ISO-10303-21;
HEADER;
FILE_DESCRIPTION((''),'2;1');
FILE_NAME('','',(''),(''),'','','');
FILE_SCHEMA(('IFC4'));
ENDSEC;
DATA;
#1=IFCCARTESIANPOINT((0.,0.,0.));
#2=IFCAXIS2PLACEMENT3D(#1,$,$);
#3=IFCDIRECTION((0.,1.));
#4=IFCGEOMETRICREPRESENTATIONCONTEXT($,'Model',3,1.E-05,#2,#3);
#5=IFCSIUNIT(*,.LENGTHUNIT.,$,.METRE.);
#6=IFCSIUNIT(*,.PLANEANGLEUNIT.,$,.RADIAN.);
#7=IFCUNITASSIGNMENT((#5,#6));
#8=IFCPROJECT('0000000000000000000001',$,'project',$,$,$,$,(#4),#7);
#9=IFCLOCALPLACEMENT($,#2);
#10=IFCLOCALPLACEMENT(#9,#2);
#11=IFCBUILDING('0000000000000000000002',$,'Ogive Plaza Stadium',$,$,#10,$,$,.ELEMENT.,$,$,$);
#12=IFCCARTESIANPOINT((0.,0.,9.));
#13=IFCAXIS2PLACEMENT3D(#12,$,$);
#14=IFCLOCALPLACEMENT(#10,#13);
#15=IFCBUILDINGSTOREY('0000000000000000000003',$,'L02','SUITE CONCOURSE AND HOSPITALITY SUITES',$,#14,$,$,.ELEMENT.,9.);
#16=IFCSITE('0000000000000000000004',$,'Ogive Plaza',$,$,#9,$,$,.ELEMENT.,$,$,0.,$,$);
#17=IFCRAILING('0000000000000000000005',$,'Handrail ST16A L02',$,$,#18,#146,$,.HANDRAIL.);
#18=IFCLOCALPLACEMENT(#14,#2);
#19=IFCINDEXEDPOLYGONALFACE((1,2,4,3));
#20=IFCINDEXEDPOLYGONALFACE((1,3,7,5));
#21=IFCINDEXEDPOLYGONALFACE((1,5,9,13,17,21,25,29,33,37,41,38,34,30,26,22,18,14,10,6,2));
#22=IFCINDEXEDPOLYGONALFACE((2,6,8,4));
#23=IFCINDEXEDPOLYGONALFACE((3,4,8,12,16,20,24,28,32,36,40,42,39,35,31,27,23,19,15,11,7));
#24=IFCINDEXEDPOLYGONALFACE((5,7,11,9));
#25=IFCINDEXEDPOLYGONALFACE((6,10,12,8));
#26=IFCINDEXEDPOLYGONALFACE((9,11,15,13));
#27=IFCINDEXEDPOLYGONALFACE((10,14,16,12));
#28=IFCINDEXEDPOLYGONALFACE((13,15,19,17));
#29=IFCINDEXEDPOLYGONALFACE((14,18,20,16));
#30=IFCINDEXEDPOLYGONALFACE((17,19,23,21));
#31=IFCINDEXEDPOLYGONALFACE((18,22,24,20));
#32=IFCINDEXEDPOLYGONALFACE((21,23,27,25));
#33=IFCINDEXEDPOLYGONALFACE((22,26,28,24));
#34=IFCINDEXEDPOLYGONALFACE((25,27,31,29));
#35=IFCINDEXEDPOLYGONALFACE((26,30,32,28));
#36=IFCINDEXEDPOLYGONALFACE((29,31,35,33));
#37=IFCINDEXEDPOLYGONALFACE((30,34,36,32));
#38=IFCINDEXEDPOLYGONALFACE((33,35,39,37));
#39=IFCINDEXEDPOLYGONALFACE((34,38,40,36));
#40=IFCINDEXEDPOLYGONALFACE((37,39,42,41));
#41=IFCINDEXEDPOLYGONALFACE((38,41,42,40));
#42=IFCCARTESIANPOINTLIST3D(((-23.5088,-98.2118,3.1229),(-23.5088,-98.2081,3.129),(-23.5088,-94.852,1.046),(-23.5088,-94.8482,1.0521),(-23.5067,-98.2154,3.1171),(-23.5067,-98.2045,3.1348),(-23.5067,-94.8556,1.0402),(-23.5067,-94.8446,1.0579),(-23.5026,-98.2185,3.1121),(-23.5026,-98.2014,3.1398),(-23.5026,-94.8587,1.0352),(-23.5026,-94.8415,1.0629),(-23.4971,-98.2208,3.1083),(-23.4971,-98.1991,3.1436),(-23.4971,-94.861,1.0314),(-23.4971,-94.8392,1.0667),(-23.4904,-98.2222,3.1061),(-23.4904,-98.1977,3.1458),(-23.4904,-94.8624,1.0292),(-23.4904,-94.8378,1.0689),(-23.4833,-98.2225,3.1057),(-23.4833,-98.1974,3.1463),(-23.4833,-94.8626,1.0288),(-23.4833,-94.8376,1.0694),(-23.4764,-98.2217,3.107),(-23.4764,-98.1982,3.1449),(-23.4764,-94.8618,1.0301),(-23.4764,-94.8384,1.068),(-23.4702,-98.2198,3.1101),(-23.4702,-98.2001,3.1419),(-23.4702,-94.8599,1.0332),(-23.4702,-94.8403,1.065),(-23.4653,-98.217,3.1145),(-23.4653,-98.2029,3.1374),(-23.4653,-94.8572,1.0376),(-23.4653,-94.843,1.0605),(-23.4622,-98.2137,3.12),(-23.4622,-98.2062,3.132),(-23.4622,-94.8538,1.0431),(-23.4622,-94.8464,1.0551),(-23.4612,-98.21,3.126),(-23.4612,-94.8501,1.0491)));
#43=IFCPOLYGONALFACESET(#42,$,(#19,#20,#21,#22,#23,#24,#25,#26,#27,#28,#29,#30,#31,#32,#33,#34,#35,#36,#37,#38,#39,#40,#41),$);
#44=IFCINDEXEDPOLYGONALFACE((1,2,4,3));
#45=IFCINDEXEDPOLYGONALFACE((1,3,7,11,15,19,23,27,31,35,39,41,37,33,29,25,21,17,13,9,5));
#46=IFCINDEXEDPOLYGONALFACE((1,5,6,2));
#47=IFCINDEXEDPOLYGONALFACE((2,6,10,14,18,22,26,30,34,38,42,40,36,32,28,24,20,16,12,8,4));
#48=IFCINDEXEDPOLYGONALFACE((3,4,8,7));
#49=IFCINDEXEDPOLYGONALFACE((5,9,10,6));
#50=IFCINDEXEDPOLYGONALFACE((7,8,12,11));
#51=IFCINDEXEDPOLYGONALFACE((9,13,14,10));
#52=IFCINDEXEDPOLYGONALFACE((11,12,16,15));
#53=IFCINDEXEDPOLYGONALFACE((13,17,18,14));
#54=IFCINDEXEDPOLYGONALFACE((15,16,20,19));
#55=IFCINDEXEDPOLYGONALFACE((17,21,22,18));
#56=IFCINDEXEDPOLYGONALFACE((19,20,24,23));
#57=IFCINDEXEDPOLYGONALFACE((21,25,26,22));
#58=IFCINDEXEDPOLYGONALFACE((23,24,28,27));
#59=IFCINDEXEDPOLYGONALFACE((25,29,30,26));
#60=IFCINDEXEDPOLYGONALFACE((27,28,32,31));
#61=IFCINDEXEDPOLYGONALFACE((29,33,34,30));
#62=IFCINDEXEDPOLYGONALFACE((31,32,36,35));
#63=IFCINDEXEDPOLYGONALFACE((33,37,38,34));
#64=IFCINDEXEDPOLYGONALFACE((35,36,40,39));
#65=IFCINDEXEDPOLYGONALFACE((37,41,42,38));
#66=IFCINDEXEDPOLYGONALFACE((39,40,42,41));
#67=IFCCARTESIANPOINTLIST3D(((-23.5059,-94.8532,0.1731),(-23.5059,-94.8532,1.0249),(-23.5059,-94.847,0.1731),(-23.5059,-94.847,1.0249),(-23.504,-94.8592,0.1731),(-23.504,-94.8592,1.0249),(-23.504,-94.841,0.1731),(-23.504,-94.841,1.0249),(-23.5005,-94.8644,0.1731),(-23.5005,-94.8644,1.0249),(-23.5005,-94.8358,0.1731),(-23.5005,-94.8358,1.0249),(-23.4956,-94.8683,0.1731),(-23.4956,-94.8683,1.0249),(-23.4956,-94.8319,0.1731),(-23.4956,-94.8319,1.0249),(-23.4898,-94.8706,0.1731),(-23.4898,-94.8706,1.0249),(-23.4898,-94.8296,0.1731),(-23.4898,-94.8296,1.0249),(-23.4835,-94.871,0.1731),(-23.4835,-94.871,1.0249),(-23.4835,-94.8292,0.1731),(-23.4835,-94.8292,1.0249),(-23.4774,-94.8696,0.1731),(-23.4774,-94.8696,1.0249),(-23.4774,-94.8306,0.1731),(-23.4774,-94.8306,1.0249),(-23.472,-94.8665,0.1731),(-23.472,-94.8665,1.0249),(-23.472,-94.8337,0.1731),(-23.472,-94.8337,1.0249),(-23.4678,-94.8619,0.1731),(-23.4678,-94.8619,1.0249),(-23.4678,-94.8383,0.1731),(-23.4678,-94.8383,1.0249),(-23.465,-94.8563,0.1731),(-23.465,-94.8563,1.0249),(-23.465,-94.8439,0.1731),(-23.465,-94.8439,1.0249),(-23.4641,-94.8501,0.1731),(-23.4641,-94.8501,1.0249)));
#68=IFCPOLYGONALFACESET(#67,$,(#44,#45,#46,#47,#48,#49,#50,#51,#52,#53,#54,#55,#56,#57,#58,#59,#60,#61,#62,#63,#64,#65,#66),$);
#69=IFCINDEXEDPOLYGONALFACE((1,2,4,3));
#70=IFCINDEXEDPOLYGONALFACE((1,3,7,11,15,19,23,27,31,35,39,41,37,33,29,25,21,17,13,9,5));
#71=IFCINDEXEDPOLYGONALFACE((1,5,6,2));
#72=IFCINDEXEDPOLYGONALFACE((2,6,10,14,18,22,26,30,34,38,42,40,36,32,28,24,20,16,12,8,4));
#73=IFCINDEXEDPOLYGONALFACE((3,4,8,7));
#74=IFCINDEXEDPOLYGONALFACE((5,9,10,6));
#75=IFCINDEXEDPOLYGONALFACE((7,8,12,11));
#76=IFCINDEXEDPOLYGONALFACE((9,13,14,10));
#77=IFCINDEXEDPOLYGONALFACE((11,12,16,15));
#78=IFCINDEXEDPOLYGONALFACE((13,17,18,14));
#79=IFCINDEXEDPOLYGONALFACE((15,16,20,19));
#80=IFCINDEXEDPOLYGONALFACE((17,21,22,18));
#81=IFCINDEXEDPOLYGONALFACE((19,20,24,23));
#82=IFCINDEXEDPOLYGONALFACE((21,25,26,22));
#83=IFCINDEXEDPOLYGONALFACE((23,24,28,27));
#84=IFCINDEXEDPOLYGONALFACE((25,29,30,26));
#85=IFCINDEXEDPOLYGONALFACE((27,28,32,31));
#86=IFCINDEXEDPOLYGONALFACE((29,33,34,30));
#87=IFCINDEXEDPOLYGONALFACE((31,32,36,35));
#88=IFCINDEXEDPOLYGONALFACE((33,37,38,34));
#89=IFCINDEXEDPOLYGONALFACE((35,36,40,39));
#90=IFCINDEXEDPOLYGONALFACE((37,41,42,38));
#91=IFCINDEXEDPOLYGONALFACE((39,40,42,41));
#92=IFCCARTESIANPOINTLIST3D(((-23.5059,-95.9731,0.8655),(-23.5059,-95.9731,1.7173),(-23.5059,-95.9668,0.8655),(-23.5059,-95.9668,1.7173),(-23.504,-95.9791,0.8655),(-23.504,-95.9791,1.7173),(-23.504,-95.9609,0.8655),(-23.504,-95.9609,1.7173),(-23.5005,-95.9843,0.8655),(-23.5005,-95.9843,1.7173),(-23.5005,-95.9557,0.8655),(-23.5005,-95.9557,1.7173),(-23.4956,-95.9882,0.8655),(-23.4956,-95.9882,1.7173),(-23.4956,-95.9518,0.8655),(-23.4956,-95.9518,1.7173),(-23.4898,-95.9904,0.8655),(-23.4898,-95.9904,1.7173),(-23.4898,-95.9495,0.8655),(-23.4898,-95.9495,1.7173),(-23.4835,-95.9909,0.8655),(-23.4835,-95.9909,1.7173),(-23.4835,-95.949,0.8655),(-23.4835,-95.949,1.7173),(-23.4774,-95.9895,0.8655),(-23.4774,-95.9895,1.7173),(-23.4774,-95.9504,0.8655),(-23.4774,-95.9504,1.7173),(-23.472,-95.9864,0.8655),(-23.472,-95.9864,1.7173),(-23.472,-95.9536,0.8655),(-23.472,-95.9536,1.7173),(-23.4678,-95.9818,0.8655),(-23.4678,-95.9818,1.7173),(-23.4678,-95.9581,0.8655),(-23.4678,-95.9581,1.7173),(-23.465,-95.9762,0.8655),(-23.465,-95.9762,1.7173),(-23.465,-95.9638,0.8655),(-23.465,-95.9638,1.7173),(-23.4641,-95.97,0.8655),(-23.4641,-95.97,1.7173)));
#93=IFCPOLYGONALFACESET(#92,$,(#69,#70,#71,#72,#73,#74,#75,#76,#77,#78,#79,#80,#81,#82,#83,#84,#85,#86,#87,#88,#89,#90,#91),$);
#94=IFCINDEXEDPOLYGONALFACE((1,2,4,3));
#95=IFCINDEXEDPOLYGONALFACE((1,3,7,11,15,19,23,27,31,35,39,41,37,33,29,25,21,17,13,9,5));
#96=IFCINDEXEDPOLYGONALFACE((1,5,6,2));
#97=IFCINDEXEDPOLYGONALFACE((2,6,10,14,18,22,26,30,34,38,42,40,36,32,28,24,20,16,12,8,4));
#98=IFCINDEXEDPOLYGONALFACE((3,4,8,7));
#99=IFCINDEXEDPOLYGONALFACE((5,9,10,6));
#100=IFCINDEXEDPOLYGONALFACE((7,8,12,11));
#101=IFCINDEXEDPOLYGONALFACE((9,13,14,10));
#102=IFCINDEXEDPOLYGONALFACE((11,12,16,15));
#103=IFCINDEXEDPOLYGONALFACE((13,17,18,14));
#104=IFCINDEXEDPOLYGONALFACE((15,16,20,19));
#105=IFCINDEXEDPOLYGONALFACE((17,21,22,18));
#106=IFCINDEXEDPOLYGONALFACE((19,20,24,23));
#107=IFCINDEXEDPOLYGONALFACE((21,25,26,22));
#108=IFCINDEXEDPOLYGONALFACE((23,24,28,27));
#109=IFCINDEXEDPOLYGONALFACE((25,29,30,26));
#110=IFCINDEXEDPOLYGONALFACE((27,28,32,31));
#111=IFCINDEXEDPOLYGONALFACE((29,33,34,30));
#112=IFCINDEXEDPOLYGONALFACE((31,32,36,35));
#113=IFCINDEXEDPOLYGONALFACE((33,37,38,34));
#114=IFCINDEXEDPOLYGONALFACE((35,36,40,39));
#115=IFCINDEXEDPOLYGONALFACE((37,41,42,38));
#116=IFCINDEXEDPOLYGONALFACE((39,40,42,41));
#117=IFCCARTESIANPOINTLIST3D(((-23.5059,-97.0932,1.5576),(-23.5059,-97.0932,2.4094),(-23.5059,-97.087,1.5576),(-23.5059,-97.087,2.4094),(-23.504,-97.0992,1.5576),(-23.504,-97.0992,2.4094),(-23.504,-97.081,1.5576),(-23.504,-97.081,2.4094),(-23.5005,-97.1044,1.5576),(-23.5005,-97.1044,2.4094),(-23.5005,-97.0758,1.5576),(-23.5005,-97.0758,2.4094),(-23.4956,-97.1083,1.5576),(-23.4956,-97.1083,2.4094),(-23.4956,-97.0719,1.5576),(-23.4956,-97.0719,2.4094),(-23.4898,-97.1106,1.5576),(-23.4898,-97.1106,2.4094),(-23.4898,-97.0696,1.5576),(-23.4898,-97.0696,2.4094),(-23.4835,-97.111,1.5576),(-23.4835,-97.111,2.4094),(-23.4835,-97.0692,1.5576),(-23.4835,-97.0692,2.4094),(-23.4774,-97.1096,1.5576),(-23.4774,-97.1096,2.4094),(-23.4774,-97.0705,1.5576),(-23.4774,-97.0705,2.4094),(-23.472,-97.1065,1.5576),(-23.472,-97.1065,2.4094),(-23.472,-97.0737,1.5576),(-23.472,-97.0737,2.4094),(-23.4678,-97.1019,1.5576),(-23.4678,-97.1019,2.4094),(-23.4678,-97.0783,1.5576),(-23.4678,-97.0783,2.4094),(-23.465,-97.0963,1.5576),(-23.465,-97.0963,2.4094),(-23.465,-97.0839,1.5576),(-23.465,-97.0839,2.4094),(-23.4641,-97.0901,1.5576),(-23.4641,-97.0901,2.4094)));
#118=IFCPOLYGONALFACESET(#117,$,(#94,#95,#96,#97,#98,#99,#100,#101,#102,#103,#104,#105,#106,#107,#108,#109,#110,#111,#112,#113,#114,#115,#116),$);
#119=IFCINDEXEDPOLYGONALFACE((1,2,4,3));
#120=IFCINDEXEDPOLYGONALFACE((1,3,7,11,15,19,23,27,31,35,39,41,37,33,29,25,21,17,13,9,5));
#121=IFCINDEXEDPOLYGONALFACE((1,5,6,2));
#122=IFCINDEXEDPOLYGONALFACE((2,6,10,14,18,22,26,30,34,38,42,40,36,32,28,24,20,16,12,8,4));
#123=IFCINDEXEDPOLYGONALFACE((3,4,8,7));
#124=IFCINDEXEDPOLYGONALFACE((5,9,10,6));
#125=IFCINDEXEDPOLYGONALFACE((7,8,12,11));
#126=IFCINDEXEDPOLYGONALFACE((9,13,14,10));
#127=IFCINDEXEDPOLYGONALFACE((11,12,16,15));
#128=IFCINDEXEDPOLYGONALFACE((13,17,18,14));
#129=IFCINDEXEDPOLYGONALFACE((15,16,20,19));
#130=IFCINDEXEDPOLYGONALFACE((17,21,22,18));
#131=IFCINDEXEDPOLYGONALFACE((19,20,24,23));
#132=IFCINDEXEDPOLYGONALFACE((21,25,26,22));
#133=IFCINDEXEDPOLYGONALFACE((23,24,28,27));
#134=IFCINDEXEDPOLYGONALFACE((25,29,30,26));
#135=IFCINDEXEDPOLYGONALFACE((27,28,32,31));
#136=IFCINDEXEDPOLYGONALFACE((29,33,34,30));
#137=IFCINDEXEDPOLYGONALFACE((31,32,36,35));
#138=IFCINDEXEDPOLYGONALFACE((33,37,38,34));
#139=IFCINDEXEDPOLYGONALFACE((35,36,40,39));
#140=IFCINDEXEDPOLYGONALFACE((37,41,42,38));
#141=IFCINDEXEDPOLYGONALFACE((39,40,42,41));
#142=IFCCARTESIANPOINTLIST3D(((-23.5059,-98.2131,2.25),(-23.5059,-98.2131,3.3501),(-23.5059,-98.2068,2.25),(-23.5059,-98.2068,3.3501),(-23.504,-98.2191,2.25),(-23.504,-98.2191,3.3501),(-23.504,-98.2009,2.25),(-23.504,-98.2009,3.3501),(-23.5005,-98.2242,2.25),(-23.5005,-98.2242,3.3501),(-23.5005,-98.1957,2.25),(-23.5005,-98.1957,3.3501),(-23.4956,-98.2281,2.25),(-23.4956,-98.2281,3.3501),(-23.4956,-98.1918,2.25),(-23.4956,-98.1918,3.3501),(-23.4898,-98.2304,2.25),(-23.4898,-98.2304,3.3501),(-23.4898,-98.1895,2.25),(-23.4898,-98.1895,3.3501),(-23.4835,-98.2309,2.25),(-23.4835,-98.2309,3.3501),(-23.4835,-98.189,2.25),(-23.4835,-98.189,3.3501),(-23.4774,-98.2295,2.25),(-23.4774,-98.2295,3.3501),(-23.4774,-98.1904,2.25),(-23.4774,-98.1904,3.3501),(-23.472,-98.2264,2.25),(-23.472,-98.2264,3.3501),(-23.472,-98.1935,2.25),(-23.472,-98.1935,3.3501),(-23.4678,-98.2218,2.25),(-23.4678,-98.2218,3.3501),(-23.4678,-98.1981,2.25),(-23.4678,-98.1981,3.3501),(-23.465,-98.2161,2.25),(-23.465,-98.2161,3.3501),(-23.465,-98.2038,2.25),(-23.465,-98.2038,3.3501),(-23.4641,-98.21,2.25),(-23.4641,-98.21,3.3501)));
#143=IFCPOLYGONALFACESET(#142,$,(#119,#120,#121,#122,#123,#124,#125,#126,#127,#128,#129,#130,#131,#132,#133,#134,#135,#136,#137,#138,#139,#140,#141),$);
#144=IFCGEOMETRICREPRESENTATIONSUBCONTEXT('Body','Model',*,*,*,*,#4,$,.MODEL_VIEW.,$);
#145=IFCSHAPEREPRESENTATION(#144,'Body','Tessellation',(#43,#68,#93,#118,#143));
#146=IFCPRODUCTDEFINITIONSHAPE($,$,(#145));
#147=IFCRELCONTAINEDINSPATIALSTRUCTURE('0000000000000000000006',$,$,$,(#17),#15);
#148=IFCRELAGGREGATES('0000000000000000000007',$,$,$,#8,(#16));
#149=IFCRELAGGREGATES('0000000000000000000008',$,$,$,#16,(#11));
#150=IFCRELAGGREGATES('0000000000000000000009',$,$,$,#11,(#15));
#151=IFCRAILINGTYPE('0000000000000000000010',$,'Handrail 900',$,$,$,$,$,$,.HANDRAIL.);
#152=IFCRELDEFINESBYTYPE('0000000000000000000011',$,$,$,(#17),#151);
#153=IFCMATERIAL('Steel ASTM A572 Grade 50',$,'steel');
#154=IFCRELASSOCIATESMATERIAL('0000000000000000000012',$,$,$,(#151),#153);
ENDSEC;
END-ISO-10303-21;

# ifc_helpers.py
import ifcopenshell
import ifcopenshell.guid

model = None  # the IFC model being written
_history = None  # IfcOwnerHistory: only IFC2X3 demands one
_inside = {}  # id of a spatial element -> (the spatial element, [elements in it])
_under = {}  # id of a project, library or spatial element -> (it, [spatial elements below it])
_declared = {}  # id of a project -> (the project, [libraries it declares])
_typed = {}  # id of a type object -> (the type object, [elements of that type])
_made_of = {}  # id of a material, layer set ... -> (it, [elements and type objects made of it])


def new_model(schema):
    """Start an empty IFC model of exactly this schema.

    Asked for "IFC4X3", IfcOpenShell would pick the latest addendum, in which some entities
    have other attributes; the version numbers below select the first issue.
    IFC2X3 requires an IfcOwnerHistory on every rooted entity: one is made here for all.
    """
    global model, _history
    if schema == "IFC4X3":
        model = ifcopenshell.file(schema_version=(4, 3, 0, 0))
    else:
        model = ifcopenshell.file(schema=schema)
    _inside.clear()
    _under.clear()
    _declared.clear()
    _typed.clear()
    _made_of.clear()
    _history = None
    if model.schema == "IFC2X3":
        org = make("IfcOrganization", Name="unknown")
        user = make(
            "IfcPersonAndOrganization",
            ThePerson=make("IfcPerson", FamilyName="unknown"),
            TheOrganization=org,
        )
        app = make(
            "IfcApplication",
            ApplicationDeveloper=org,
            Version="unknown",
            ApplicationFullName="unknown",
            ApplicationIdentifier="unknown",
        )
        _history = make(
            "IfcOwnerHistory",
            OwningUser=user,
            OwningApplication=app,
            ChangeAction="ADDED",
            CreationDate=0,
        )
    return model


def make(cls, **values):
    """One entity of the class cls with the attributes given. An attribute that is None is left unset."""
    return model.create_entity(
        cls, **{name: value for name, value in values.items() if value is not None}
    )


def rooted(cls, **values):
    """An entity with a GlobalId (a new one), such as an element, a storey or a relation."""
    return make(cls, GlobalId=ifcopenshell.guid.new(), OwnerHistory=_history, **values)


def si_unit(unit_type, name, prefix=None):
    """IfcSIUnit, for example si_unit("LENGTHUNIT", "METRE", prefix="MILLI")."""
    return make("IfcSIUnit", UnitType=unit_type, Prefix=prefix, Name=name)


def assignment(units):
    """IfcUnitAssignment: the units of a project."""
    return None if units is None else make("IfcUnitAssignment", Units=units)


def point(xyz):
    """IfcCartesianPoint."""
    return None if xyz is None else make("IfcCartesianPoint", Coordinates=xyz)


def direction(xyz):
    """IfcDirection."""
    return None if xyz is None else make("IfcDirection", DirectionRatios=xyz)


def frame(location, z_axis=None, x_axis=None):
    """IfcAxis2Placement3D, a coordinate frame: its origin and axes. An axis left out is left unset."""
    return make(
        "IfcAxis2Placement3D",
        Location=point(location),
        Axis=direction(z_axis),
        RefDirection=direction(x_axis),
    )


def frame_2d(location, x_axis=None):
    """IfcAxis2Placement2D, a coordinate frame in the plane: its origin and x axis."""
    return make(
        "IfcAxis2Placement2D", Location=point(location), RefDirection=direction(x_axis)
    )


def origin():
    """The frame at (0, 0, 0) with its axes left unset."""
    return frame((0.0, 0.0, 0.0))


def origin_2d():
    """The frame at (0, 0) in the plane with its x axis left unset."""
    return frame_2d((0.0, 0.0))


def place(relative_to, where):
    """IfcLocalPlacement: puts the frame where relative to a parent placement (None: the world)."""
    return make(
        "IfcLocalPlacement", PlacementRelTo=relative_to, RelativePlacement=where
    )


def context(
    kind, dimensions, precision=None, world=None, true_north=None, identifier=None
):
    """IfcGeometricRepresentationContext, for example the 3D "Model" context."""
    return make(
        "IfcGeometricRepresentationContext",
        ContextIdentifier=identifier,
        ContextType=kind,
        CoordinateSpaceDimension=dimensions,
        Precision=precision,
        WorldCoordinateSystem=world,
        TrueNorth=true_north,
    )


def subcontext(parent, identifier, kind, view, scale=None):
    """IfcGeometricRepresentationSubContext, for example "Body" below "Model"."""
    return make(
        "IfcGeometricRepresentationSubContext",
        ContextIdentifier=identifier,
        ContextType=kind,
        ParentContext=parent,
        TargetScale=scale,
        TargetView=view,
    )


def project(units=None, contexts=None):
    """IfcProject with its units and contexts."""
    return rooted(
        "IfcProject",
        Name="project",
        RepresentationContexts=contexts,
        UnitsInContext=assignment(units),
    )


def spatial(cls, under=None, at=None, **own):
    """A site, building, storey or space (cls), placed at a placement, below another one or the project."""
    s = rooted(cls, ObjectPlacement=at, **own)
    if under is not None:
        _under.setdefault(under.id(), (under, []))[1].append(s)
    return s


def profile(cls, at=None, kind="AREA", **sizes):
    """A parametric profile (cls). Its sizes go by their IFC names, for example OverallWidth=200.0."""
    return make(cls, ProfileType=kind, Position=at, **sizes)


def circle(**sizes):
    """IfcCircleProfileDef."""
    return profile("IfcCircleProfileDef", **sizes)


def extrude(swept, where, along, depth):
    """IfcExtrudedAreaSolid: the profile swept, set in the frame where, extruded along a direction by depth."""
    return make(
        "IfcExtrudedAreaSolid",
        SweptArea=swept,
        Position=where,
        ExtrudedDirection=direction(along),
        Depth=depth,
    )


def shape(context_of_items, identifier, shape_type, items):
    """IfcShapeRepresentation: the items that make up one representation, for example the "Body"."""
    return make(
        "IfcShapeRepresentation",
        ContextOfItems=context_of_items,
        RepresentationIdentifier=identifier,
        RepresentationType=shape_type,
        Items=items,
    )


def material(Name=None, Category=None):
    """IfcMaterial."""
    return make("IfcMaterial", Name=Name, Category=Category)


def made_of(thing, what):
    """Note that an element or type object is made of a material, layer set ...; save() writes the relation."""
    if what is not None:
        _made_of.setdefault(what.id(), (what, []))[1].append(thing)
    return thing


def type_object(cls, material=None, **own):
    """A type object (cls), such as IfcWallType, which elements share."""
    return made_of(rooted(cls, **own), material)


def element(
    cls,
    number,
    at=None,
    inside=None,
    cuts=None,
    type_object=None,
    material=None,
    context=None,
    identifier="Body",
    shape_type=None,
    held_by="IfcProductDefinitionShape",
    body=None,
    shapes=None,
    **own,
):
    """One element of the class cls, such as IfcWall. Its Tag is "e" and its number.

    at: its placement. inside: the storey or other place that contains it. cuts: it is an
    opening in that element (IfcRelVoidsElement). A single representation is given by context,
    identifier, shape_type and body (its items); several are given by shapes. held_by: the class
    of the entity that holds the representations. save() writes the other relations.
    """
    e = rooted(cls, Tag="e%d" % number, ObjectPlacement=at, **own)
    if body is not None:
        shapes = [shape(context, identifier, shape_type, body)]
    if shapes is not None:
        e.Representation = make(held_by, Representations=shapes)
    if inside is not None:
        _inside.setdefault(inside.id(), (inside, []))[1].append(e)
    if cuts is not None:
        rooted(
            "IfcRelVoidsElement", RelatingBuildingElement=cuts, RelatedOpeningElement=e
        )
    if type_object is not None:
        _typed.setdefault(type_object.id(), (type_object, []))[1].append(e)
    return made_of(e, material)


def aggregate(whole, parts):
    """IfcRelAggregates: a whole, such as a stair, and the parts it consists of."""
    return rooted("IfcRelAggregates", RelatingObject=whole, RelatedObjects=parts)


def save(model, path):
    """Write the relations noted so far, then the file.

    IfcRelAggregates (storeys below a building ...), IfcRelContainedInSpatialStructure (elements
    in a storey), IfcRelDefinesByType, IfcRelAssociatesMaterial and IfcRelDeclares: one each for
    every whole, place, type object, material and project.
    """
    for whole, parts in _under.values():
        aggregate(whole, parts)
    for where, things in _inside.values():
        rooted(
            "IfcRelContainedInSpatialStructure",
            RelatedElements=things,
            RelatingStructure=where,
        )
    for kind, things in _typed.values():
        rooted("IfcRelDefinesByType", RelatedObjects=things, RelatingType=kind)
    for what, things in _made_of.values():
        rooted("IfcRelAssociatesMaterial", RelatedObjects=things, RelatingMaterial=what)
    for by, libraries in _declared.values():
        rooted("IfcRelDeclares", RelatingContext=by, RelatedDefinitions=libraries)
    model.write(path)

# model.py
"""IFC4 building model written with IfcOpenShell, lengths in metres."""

from ifc_helpers import new_model, si_unit, direction, frame, origin, origin_2d, place, context, subcontext, project, spatial, circle, extrude, material, type_object, element, save


model = new_model("IFC4")

# Units and contexts
model_context = context("Model", 3, precision=1e-05, world=origin(), true_north=direction((0.0, 1.0)))
body_context = subcontext(model_context, "Body", "Model", "MODEL_VIEW")
ifc_project = project(units=[si_unit("LENGTHUNIT", "METRE"), si_unit("PLANEANGLEUNIT", "RADIAN")], contexts=[model_context])

# Site, building, storey
site_placement = place(None, origin())
site = spatial("IfcSite", under=ifc_project, at=site_placement, Name="Ogive Plaza", CompositionType="ELEMENT", RefElevation=0.0)
building_placement = place(site_placement, origin())
building = spatial("IfcBuilding", under=site, at=building_placement, Name="Ogive Plaza Stadium", CompositionType="ELEMENT")
storey_placement = place(building_placement, frame((0.0, 0.0, 9.0)))
storey = spatial("IfcBuildingStorey", under=building, at=storey_placement, Name="L02", Description="SUITE CONCOURSE AND HOSPITALITY SUITES", CompositionType="ELEMENT", Elevation=9.0)

# Railing
ifc_material_1 = material(Name="Steel ASTM A572 Grade 50", Category="steel")
railing_type_1 = type_object("IfcRailingType", Name="Handrail 900", PredefinedType="HANDRAIL", material=ifc_material_1)
for number, where, name in (
    (1, (-23.4851, -94.8501, 0.1731), "Handrail ST16A L02"),
):
    element("IfcRailing", number, at=place(storey_placement, frame(where)), inside=storey, type_object=railing_type_1, Name=name, PredefinedType="HANDRAIL", context=body_context, shape_type="SweptSolid", body=[
        extrude(circle(Radius=0.0239, at=origin_2d()), frame((0.0, 0.0, 0.876), z_axis=(0.0, -0.850606, 0.525803), x_axis=(1.0, 0.0, 0.0)), (0.0, 0.0, 1.0), 3.95),
        extrude(circle(Radius=0.021, at=origin_2d()), origin(), (0.0, 0.0, 1.0), 0.8518),
        extrude(circle(Radius=0.021, at=origin_2d()), frame((0.0, -1.1199, 0.6924)), (0.0, 0.0, 1.0), 0.8518),
        extrude(circle(Radius=0.021, at=origin_2d()), frame((0.0, -2.24, 1.3845)), (0.0, 0.0, 1.0), 0.8518),
        extrude(circle(Radius=0.021, at=origin_2d()), frame((0.0, -3.3599, 2.0769)), (0.0, 0.0, 1.0), 1.1001),
    ])

save(model, "model.ifc")
